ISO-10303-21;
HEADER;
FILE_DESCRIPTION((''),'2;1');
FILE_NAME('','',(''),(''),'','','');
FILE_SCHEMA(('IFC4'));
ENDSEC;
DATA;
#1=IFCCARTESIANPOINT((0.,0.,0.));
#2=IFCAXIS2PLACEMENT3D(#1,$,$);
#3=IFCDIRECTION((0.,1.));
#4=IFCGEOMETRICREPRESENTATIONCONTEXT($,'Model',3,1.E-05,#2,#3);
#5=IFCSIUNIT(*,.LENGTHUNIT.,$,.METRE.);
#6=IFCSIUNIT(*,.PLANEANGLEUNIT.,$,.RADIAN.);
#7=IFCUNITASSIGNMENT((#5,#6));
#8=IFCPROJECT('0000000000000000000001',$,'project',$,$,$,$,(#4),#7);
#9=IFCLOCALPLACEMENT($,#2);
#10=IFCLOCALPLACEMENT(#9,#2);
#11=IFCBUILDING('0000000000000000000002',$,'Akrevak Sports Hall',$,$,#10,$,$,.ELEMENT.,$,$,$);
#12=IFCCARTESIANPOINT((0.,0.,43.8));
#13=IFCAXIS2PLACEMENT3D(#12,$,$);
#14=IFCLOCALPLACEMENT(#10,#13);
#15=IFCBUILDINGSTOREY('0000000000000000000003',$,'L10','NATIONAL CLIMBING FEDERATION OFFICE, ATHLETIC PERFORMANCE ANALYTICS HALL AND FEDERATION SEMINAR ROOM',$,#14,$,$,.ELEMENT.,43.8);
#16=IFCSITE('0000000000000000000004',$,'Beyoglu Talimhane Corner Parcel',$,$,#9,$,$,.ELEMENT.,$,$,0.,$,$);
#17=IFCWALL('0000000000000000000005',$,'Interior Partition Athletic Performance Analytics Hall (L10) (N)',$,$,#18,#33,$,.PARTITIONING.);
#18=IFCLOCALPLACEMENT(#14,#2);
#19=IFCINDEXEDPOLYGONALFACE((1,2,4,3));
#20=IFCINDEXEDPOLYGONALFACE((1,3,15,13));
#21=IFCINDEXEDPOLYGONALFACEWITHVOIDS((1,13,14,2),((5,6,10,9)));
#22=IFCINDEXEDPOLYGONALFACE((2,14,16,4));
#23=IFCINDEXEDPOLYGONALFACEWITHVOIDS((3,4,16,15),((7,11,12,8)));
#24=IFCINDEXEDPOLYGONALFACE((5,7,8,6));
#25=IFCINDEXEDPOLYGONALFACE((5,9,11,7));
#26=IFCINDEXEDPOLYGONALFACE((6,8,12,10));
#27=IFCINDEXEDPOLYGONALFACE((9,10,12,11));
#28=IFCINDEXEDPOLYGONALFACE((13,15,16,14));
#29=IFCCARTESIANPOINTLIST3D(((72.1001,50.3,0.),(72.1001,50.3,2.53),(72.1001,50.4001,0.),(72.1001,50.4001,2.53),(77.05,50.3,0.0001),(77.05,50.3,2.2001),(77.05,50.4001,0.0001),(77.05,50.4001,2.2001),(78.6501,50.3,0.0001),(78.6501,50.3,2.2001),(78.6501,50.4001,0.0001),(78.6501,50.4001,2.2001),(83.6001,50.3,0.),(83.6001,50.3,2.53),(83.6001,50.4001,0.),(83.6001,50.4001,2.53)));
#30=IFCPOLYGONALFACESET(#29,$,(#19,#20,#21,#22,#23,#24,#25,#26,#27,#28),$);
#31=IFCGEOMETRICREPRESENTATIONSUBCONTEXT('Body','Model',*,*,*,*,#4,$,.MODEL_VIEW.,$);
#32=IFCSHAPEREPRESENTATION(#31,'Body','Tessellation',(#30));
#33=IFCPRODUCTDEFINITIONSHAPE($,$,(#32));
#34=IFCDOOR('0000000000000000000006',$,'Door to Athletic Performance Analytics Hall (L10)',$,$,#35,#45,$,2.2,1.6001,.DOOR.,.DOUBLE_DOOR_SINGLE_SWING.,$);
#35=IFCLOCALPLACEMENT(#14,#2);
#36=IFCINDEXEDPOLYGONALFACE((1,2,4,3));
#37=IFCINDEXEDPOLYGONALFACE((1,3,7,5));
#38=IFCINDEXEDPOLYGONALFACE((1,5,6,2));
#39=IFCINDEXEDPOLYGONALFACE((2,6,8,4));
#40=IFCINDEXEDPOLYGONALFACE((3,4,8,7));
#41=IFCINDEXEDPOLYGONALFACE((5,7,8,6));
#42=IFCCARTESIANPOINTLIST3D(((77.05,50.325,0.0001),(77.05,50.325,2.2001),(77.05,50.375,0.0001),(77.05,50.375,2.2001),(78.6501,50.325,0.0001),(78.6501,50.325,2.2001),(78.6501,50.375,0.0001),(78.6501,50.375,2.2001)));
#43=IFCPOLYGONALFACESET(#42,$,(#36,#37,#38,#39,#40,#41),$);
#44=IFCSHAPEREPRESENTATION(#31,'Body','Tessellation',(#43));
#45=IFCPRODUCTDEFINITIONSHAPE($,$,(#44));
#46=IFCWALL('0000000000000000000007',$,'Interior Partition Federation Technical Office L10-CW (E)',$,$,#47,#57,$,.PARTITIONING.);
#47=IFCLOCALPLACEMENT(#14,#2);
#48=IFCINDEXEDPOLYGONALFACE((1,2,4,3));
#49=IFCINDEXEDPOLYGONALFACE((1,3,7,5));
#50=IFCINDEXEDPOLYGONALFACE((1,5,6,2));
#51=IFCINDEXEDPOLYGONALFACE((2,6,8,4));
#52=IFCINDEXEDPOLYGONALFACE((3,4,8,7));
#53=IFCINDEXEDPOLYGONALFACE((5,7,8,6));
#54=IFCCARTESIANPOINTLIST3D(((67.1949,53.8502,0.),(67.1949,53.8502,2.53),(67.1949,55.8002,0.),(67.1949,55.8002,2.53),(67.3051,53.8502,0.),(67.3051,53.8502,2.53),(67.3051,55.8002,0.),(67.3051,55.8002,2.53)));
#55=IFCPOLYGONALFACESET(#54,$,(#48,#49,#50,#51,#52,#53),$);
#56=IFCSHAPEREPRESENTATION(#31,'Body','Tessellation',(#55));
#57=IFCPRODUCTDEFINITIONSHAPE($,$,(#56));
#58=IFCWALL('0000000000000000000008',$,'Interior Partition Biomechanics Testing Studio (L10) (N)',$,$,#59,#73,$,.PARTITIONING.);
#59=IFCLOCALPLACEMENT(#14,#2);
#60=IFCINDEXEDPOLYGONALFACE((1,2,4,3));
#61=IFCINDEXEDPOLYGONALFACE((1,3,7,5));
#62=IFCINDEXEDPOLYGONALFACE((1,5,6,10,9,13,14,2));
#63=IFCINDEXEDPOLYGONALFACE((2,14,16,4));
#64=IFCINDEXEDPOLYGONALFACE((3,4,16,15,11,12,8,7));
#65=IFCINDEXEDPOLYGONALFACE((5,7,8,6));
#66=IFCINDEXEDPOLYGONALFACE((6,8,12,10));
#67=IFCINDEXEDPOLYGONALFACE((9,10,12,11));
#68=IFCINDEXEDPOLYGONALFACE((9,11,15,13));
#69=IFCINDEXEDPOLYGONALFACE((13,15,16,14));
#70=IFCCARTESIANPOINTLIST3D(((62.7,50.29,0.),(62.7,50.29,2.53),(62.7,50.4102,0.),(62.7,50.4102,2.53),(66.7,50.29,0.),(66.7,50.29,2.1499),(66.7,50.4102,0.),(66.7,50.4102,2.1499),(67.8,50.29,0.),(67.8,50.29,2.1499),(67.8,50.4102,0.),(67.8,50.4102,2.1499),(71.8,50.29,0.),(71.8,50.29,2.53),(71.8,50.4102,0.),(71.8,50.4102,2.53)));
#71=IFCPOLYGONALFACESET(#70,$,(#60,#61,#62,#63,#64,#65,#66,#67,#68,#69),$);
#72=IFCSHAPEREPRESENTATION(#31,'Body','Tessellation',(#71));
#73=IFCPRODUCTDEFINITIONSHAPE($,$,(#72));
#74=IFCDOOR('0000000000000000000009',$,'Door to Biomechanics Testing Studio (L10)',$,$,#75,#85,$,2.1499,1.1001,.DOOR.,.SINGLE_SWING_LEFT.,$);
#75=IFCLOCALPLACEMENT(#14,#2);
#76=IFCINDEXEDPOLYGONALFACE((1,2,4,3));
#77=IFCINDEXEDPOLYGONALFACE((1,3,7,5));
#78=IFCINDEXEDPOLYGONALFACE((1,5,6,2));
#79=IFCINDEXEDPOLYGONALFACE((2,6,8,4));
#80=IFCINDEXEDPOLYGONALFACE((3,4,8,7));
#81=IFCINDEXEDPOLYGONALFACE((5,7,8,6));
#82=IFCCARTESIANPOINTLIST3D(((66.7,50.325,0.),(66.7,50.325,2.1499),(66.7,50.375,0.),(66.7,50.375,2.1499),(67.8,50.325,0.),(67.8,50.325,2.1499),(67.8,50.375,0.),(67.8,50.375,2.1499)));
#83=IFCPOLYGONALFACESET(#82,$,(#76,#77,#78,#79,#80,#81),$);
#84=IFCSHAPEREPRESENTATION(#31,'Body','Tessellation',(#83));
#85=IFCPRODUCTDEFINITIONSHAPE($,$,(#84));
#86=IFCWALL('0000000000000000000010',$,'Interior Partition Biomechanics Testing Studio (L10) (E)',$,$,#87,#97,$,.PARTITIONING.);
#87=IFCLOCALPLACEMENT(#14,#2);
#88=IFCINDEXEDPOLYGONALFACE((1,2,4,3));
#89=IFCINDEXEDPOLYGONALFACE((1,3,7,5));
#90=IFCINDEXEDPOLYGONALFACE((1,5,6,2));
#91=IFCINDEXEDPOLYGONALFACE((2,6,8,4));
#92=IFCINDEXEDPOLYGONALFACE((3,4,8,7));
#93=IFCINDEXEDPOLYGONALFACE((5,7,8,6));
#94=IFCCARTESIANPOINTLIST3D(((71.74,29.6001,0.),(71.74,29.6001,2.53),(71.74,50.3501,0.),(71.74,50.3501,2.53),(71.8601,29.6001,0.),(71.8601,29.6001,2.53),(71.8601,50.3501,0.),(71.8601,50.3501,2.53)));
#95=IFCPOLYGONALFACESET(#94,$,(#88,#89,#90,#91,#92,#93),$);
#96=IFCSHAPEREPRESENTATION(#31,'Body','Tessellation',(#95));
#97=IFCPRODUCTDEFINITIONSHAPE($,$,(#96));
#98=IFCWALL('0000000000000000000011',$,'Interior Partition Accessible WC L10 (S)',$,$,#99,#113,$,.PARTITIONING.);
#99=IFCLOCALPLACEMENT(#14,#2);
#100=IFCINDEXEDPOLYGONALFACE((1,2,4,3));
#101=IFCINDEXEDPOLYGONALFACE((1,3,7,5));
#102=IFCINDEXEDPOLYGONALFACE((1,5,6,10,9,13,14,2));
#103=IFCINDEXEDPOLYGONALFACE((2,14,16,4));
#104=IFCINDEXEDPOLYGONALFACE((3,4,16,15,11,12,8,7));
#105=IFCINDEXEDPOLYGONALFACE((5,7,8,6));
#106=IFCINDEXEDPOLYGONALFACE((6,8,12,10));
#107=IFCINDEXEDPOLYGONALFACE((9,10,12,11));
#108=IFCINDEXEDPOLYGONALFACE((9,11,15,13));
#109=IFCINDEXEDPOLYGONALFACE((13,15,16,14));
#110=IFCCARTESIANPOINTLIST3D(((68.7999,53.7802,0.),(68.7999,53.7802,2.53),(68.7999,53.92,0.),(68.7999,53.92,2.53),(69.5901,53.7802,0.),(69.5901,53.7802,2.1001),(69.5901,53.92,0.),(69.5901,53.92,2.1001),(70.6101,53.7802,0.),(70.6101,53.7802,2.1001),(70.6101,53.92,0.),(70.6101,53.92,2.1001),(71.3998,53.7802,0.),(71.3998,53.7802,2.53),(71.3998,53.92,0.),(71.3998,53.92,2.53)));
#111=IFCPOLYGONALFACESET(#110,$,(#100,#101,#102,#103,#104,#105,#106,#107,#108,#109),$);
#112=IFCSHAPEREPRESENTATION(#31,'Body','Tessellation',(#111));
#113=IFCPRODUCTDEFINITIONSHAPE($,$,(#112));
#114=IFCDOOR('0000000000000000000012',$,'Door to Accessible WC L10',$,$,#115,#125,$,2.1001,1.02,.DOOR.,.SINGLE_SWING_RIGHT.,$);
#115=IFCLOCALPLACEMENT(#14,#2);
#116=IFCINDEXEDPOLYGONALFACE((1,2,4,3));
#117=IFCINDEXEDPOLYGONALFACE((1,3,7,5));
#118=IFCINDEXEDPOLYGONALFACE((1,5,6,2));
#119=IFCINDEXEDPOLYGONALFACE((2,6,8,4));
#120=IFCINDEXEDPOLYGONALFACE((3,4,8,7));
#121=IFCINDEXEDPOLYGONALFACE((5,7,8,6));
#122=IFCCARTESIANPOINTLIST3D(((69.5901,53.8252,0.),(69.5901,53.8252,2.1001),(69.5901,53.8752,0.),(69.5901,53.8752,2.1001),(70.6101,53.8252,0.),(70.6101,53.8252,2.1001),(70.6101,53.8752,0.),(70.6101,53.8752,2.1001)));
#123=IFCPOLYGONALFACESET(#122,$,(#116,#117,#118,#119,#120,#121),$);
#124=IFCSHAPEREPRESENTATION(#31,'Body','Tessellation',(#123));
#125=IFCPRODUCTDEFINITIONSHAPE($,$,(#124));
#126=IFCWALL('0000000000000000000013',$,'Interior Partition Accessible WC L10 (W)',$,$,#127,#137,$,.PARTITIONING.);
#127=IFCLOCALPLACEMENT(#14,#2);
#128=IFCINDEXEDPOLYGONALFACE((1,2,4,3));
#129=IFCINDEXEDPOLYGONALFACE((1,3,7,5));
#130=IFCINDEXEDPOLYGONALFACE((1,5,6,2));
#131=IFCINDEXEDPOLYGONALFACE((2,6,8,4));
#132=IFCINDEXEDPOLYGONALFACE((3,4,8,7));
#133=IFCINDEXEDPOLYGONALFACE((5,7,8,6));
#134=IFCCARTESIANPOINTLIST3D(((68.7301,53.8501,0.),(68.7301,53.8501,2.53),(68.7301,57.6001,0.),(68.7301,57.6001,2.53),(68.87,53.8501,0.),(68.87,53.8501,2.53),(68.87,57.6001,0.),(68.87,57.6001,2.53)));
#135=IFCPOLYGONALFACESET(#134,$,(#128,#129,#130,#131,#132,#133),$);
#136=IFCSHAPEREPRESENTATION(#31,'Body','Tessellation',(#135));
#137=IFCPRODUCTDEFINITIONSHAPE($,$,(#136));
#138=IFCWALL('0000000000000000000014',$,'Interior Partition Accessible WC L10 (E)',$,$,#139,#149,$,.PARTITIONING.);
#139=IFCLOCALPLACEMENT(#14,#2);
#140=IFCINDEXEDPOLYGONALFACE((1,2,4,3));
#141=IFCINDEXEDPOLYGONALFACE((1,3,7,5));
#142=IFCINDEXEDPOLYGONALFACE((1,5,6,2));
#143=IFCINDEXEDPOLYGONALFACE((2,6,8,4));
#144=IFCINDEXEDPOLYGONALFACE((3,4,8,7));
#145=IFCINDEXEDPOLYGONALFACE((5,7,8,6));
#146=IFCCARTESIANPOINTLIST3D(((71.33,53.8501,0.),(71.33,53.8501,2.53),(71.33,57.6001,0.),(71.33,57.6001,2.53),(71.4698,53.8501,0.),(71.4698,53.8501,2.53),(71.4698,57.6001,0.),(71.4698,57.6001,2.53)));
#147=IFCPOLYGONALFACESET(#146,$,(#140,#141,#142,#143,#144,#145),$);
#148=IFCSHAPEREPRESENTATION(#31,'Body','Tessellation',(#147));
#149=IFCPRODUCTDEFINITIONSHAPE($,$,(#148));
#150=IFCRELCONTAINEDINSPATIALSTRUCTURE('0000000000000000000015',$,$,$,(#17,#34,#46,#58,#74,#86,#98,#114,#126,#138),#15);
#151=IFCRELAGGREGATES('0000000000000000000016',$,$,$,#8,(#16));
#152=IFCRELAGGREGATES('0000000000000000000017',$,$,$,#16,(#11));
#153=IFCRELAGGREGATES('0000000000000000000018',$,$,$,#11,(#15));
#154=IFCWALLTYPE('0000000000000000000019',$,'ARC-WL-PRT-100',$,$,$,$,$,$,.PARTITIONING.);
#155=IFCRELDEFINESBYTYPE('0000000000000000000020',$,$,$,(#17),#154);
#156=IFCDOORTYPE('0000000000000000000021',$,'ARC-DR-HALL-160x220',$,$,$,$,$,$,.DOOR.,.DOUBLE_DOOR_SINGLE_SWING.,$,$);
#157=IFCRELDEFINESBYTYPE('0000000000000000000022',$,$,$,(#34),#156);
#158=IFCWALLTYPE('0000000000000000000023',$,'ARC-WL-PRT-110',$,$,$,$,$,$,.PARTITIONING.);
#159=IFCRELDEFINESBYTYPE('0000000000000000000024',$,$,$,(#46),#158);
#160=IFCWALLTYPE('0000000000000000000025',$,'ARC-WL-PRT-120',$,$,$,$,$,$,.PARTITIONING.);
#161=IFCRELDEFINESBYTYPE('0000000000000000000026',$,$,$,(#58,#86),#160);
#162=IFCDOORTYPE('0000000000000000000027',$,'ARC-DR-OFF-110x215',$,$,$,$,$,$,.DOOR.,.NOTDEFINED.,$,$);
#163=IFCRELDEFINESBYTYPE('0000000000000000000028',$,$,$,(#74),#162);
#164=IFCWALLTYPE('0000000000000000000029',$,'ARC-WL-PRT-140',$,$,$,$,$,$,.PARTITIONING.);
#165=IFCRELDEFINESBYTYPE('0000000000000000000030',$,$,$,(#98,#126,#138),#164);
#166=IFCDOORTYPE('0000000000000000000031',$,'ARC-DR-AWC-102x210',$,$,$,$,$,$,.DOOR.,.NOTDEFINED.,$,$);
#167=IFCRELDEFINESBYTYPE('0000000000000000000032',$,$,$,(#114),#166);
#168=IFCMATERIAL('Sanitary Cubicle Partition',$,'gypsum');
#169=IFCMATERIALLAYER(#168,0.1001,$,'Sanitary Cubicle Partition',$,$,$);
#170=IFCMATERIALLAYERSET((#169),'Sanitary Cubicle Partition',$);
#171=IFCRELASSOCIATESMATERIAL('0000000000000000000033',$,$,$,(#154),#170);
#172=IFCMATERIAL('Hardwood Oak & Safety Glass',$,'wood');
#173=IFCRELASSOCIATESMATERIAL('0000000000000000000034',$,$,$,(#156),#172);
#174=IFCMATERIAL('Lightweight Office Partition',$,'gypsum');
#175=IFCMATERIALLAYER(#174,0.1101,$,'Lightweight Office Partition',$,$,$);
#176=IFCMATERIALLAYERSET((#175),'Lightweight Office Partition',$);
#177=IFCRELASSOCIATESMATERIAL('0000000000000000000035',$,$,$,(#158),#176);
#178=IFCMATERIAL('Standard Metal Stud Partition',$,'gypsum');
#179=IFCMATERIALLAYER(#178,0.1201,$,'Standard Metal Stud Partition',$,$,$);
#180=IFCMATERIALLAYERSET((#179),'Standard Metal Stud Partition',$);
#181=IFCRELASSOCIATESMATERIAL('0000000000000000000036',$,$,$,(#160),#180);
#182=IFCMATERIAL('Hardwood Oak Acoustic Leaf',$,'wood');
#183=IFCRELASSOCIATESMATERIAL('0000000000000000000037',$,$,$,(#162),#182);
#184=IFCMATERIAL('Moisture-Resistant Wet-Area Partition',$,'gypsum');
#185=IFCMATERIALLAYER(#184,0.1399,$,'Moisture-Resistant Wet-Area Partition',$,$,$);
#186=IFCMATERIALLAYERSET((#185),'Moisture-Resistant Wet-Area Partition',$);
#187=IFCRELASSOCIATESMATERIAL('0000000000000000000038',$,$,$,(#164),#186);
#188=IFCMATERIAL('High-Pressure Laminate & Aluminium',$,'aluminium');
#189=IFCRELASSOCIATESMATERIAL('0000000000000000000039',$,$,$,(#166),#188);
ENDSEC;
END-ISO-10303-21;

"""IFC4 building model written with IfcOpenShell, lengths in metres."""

from ifc_helpers import new_model, si_unit, direction, frame, frame_2d, origin, place, context, subcontext, project, spatial, rectangle, extrude, material, layer, layer_set, type_object, element, fill, save


model = new_model("IFC4")

# Units and contexts
model_context = context("Model", 3, precision=1e-05, world=origin(), true_north=direction((0.0, 1.0)))
body_context = subcontext(model_context, "Body", "Model", "MODEL_VIEW")
ifc_project = project(units=[si_unit("LENGTHUNIT", "METRE"), si_unit("PLANEANGLEUNIT", "RADIAN")], contexts=[model_context])

# Site, building, storey
site_placement = place(None, origin())
site = spatial("IfcSite", under=ifc_project, at=site_placement, Name="Beyoglu Talimhane Corner Parcel", CompositionType="ELEMENT", RefElevation=0.0)
building_placement = place(site_placement, origin())
building = spatial("IfcBuilding", under=site, at=building_placement, Name="Akrevak Sports Hall", CompositionType="ELEMENT")
storey_placement = place(building_placement, frame((0.0, 0.0, 43.8)))
storey = spatial("IfcBuildingStorey", under=building, at=storey_placement, Name="L10", Description="NATIONAL CLIMBING FEDERATION OFFICE, ATHLETIC PERFORMANCE ANALYTICS HALL AND FEDERATION SEMINAR ROOM", CompositionType="ELEMENT", Elevation=43.8)

# Wall, opening, door
ifc_material_1 = material(Name="Sanitary Cubicle Partition", Category="gypsum")
ifc_layer_1 = layer(ifc_material_1, 0.1001, Name="Sanitary Cubicle Partition")
ifc_layer_set_1 = layer_set([ifc_layer_1], Name="Sanitary Cubicle Partition")
wall_type_1 = type_object("IfcWallType", Name="ARC-WL-PRT-100", PredefinedType="PARTITIONING", material=ifc_layer_set_1)
wall_1_placement = place(storey_placement, frame((72.1001, 50.3501, 0.0), z_axis=(0.0, 0.0, 1.0), x_axis=(1.0, 0.0, 0.0)))
wall_1 = element("IfcWall", 1, at=wall_1_placement, inside=storey, type_object=wall_type_1, Name="Interior Partition Athletic Performance Analytics Hall (L10) (N)", PredefinedType="PARTITIONING", context=body_context, shape_type="SweptSolid", body=[
    extrude(rectangle(XDim=11.5, YDim=0.1001, at=frame_2d((5.75, 0.0))), origin(), (0.0, 0.0, 1.0), 2.53),
])
opening_1_placement = place(wall_1_placement, frame((4.95, 0.0, 0.0)))
opening_1 = element("IfcOpeningElement", 2, at=opening_1_placement, cuts=wall_1, PredefinedType="OPENING", context=body_context, shape_type="SweptSolid", body=[
    extrude(rectangle(XDim=1.6001, YDim=2.2, at=frame_2d((0.8, 1.1001))), frame((0.0, 0.062, 0.0), z_axis=(0.0, -1.0, 0.0), x_axis=(1.0, 0.0, 0.0)), (0.0, 0.0, 1.0), 0.124),
])
ifc_material_2 = material(Name="Hardwood Oak & Safety Glass", Category="wood")
door_type_1 = type_object("IfcDoorType", Name="ARC-DR-HALL-160x220", OperationType="DOUBLE_DOOR_SINGLE_SWING", PredefinedType="DOOR", material=ifc_material_2)
door_1_placement = place(opening_1_placement, origin())
door_1 = element("IfcDoor", 3, at=door_1_placement, inside=storey, type_object=door_type_1, Name="Door to Athletic Performance Analytics Hall (L10)", OperationType="DOUBLE_DOOR_SINGLE_SWING", OverallHeight=2.2, OverallWidth=1.6001, PredefinedType="DOOR", context=body_context, shape_type="SweptSolid", body=[
    extrude(rectangle(XDim=1.6001, YDim=2.2, at=frame_2d((0.8, 1.1001))), frame((0.0, 0.0249, 0.0), z_axis=(0.0, -1.0, 0.0), x_axis=(1.0, 0.0, 0.0)), (0.0, 0.0, 1.0), 0.05),
])
fill(opening_1, door_1)

# Wall
ifc_material_3 = material(Name="Lightweight Office Partition", Category="gypsum")
ifc_layer_2 = layer(ifc_material_3, 0.1101, Name="Lightweight Office Partition")
ifc_layer_set_2 = layer_set([ifc_layer_2], Name="Lightweight Office Partition")
wall_type_2 = type_object("IfcWallType", Name="ARC-WL-PRT-110", PredefinedType="PARTITIONING", material=ifc_layer_set_2)
wall_2_placement = place(storey_placement, frame((67.25, 53.8501, 0.0), z_axis=(0.0, 0.0, 1.0), x_axis=(0.0, 1.0, 0.0)))
element("IfcWall", 4, at=wall_2_placement, inside=storey, type_object=wall_type_2, Name="Interior Partition Federation Technical Office L10-CW (E)", PredefinedType="PARTITIONING", context=body_context, shape_type="SweptSolid", body=[
    extrude(rectangle(XDim=1.95, YDim=0.1101, at=frame_2d((0.9751, 0.0))), origin(), (0.0, 0.0, 1.0), 2.53),
])

# Wall, opening, door
ifc_material_4 = material(Name="Standard Metal Stud Partition", Category="gypsum")
ifc_layer_3 = layer(ifc_material_4, 0.1201, Name="Standard Metal Stud Partition")
ifc_layer_set_3 = layer_set([ifc_layer_3], Name="Standard Metal Stud Partition")
wall_type_3 = type_object("IfcWallType", Name="ARC-WL-PRT-120", PredefinedType="PARTITIONING", material=ifc_layer_set_3)
wall_3_placement = place(storey_placement, frame((62.7, 50.3501, 0.0), z_axis=(0.0, 0.0, 1.0), x_axis=(1.0, 0.0, 0.0)))
wall_3 = element("IfcWall", 5, at=wall_3_placement, inside=storey, type_object=wall_type_3, Name="Interior Partition Biomechanics Testing Studio (L10) (N)", PredefinedType="PARTITIONING", context=body_context, shape_type="SweptSolid", body=[
    extrude(rectangle(XDim=9.1001, YDim=0.1201, at=frame_2d((4.55, 0.0))), origin(), (0.0, 0.0, 1.0), 2.53),
])
opening_2_placement = place(wall_3_placement, frame((4.0, 0.0, 0.0)))
opening_2 = element("IfcOpeningElement", 6, at=opening_2_placement, cuts=wall_3, PredefinedType="OPENING", context=body_context, shape_type="SweptSolid", body=[
    extrude(rectangle(XDim=1.1001, YDim=2.1499, at=frame_2d((0.55, 1.075))), frame((0.0, 0.072, 0.0), z_axis=(0.0, -1.0, 0.0), x_axis=(1.0, 0.0, 0.0)), (0.0, 0.0, 1.0), 0.144),
])
ifc_material_5 = material(Name="Hardwood Oak Acoustic Leaf", Category="wood")
door_type_2 = type_object("IfcDoorType", Name="ARC-DR-OFF-110x215", OperationType="NOTDEFINED", PredefinedType="DOOR", material=ifc_material_5)
door_2_placement = place(opening_2_placement, origin())
door_2 = element("IfcDoor", 7, at=door_2_placement, inside=storey, type_object=door_type_2, Name="Door to Biomechanics Testing Studio (L10)", OperationType="SINGLE_SWING_LEFT", OverallHeight=2.1499, OverallWidth=1.1001, PredefinedType="DOOR", context=body_context, shape_type="SweptSolid", body=[
    extrude(rectangle(XDim=1.1001, YDim=2.1499, at=frame_2d((0.55, 1.075))), frame((0.0, 0.0249, 0.0), z_axis=(0.0, -1.0, 0.0), x_axis=(1.0, 0.0, 0.0)), (0.0, 0.0, 1.0), 0.05),
])
fill(opening_2, door_2)

# Wall
wall_4_placement = place(storey_placement, frame((71.8, 29.6001, 0.0), z_axis=(0.0, 0.0, 1.0), x_axis=(0.0, 1.0, 0.0)))
element("IfcWall", 8, at=wall_4_placement, inside=storey, type_object=wall_type_3, Name="Interior Partition Biomechanics Testing Studio (L10) (E)", PredefinedType="PARTITIONING", context=body_context, shape_type="SweptSolid", body=[
    extrude(rectangle(XDim=20.75, YDim=0.1201, at=frame_2d((10.375, 0.0))), origin(), (0.0, 0.0, 1.0), 2.53),
])

# Wall, opening, door
ifc_material_6 = material(Name="Moisture-Resistant Wet-Area Partition", Category="gypsum")
ifc_layer_4 = layer(ifc_material_6, 0.1399, Name="Moisture-Resistant Wet-Area Partition")
ifc_layer_set_4 = layer_set([ifc_layer_4], Name="Moisture-Resistant Wet-Area Partition")
wall_type_4 = type_object("IfcWallType", Name="ARC-WL-PRT-140", PredefinedType="PARTITIONING", material=ifc_layer_set_4)
wall_5_placement = place(storey_placement, frame((68.8, 53.8501, 0.0), z_axis=(0.0, 0.0, 1.0), x_axis=(1.0, 0.0, 0.0)))
wall_5 = element("IfcWall", 9, at=wall_5_placement, inside=storey, type_object=wall_type_4, Name="Interior Partition Accessible WC L10 (S)", PredefinedType="PARTITIONING", context=body_context, shape_type="SweptSolid", body=[
    extrude(rectangle(XDim=2.5999, YDim=0.1399, at=frame_2d((1.2998, 0.0))), origin(), (0.0, 0.0, 1.0), 2.53),
])
opening_3_placement = place(wall_5_placement, frame((0.79, 0.0, 0.0)))
opening_3 = element("IfcOpeningElement", 10, at=opening_3_placement, cuts=wall_5, PredefinedType="OPENING", context=body_context, shape_type="SweptSolid", body=[
    extrude(rectangle(XDim=1.02, YDim=2.1001, at=frame_2d((0.51, 1.05))), frame((0.0, 0.082, 0.0), z_axis=(0.0, -1.0, 0.0), x_axis=(1.0, 0.0, 0.0)), (0.0, 0.0, 1.0), 0.1638),
])
ifc_material_7 = material(Name="High-Pressure Laminate & Aluminium", Category="aluminium")
door_type_3 = type_object("IfcDoorType", Name="ARC-DR-AWC-102x210", OperationType="NOTDEFINED", PredefinedType="DOOR", material=ifc_material_7)
door_3_placement = place(opening_3_placement, frame((1.02, 0.0, 0.0), z_axis=(0.0, 0.0, 1.0), x_axis=(-1.0, 0.0, 0.0)))
door_3 = element("IfcDoor", 11, at=door_3_placement, inside=storey, type_object=door_type_3, Name="Door to Accessible WC L10", OperationType="SINGLE_SWING_RIGHT", OverallHeight=2.1001, OverallWidth=1.02, PredefinedType="DOOR", context=body_context, shape_type="SweptSolid", body=[
    extrude(rectangle(XDim=1.02, YDim=2.1001, at=frame_2d((0.51, 1.05))), frame((0.0, 0.0249, 0.0), z_axis=(0.0, -1.0, 0.0), x_axis=(1.0, 0.0, 0.0)), (0.0, 0.0, 1.0), 0.05),
])
fill(opening_3, door_3)

# Walls
for number, where, z_axis, x_axis, name in (
    (12, (68.8, 53.8501, 0.0), (0.0, 0.0, 1.0), (0.0, 1.0, 0.0), "Interior Partition Accessible WC L10 (W)"),
    (13, (71.3999, 53.8501, 0.0), (0.0, 0.0, 1.0), (0.0, 1.0, 0.0), "Interior Partition Accessible WC L10 (E)"),
):
    element("IfcWall", number, at=place(storey_placement, frame(where, z_axis=z_axis, x_axis=x_axis)), inside=storey, type_object=wall_type_4, Name=name, PredefinedType="PARTITIONING", context=body_context, shape_type="SweptSolid", body=[
        extrude(rectangle(XDim=3.75, YDim=0.1399, at=frame_2d((1.875, 0.0))), origin(), (0.0, 0.0, 1.0), 2.53),
    ])

save(model, "model.ifc")
